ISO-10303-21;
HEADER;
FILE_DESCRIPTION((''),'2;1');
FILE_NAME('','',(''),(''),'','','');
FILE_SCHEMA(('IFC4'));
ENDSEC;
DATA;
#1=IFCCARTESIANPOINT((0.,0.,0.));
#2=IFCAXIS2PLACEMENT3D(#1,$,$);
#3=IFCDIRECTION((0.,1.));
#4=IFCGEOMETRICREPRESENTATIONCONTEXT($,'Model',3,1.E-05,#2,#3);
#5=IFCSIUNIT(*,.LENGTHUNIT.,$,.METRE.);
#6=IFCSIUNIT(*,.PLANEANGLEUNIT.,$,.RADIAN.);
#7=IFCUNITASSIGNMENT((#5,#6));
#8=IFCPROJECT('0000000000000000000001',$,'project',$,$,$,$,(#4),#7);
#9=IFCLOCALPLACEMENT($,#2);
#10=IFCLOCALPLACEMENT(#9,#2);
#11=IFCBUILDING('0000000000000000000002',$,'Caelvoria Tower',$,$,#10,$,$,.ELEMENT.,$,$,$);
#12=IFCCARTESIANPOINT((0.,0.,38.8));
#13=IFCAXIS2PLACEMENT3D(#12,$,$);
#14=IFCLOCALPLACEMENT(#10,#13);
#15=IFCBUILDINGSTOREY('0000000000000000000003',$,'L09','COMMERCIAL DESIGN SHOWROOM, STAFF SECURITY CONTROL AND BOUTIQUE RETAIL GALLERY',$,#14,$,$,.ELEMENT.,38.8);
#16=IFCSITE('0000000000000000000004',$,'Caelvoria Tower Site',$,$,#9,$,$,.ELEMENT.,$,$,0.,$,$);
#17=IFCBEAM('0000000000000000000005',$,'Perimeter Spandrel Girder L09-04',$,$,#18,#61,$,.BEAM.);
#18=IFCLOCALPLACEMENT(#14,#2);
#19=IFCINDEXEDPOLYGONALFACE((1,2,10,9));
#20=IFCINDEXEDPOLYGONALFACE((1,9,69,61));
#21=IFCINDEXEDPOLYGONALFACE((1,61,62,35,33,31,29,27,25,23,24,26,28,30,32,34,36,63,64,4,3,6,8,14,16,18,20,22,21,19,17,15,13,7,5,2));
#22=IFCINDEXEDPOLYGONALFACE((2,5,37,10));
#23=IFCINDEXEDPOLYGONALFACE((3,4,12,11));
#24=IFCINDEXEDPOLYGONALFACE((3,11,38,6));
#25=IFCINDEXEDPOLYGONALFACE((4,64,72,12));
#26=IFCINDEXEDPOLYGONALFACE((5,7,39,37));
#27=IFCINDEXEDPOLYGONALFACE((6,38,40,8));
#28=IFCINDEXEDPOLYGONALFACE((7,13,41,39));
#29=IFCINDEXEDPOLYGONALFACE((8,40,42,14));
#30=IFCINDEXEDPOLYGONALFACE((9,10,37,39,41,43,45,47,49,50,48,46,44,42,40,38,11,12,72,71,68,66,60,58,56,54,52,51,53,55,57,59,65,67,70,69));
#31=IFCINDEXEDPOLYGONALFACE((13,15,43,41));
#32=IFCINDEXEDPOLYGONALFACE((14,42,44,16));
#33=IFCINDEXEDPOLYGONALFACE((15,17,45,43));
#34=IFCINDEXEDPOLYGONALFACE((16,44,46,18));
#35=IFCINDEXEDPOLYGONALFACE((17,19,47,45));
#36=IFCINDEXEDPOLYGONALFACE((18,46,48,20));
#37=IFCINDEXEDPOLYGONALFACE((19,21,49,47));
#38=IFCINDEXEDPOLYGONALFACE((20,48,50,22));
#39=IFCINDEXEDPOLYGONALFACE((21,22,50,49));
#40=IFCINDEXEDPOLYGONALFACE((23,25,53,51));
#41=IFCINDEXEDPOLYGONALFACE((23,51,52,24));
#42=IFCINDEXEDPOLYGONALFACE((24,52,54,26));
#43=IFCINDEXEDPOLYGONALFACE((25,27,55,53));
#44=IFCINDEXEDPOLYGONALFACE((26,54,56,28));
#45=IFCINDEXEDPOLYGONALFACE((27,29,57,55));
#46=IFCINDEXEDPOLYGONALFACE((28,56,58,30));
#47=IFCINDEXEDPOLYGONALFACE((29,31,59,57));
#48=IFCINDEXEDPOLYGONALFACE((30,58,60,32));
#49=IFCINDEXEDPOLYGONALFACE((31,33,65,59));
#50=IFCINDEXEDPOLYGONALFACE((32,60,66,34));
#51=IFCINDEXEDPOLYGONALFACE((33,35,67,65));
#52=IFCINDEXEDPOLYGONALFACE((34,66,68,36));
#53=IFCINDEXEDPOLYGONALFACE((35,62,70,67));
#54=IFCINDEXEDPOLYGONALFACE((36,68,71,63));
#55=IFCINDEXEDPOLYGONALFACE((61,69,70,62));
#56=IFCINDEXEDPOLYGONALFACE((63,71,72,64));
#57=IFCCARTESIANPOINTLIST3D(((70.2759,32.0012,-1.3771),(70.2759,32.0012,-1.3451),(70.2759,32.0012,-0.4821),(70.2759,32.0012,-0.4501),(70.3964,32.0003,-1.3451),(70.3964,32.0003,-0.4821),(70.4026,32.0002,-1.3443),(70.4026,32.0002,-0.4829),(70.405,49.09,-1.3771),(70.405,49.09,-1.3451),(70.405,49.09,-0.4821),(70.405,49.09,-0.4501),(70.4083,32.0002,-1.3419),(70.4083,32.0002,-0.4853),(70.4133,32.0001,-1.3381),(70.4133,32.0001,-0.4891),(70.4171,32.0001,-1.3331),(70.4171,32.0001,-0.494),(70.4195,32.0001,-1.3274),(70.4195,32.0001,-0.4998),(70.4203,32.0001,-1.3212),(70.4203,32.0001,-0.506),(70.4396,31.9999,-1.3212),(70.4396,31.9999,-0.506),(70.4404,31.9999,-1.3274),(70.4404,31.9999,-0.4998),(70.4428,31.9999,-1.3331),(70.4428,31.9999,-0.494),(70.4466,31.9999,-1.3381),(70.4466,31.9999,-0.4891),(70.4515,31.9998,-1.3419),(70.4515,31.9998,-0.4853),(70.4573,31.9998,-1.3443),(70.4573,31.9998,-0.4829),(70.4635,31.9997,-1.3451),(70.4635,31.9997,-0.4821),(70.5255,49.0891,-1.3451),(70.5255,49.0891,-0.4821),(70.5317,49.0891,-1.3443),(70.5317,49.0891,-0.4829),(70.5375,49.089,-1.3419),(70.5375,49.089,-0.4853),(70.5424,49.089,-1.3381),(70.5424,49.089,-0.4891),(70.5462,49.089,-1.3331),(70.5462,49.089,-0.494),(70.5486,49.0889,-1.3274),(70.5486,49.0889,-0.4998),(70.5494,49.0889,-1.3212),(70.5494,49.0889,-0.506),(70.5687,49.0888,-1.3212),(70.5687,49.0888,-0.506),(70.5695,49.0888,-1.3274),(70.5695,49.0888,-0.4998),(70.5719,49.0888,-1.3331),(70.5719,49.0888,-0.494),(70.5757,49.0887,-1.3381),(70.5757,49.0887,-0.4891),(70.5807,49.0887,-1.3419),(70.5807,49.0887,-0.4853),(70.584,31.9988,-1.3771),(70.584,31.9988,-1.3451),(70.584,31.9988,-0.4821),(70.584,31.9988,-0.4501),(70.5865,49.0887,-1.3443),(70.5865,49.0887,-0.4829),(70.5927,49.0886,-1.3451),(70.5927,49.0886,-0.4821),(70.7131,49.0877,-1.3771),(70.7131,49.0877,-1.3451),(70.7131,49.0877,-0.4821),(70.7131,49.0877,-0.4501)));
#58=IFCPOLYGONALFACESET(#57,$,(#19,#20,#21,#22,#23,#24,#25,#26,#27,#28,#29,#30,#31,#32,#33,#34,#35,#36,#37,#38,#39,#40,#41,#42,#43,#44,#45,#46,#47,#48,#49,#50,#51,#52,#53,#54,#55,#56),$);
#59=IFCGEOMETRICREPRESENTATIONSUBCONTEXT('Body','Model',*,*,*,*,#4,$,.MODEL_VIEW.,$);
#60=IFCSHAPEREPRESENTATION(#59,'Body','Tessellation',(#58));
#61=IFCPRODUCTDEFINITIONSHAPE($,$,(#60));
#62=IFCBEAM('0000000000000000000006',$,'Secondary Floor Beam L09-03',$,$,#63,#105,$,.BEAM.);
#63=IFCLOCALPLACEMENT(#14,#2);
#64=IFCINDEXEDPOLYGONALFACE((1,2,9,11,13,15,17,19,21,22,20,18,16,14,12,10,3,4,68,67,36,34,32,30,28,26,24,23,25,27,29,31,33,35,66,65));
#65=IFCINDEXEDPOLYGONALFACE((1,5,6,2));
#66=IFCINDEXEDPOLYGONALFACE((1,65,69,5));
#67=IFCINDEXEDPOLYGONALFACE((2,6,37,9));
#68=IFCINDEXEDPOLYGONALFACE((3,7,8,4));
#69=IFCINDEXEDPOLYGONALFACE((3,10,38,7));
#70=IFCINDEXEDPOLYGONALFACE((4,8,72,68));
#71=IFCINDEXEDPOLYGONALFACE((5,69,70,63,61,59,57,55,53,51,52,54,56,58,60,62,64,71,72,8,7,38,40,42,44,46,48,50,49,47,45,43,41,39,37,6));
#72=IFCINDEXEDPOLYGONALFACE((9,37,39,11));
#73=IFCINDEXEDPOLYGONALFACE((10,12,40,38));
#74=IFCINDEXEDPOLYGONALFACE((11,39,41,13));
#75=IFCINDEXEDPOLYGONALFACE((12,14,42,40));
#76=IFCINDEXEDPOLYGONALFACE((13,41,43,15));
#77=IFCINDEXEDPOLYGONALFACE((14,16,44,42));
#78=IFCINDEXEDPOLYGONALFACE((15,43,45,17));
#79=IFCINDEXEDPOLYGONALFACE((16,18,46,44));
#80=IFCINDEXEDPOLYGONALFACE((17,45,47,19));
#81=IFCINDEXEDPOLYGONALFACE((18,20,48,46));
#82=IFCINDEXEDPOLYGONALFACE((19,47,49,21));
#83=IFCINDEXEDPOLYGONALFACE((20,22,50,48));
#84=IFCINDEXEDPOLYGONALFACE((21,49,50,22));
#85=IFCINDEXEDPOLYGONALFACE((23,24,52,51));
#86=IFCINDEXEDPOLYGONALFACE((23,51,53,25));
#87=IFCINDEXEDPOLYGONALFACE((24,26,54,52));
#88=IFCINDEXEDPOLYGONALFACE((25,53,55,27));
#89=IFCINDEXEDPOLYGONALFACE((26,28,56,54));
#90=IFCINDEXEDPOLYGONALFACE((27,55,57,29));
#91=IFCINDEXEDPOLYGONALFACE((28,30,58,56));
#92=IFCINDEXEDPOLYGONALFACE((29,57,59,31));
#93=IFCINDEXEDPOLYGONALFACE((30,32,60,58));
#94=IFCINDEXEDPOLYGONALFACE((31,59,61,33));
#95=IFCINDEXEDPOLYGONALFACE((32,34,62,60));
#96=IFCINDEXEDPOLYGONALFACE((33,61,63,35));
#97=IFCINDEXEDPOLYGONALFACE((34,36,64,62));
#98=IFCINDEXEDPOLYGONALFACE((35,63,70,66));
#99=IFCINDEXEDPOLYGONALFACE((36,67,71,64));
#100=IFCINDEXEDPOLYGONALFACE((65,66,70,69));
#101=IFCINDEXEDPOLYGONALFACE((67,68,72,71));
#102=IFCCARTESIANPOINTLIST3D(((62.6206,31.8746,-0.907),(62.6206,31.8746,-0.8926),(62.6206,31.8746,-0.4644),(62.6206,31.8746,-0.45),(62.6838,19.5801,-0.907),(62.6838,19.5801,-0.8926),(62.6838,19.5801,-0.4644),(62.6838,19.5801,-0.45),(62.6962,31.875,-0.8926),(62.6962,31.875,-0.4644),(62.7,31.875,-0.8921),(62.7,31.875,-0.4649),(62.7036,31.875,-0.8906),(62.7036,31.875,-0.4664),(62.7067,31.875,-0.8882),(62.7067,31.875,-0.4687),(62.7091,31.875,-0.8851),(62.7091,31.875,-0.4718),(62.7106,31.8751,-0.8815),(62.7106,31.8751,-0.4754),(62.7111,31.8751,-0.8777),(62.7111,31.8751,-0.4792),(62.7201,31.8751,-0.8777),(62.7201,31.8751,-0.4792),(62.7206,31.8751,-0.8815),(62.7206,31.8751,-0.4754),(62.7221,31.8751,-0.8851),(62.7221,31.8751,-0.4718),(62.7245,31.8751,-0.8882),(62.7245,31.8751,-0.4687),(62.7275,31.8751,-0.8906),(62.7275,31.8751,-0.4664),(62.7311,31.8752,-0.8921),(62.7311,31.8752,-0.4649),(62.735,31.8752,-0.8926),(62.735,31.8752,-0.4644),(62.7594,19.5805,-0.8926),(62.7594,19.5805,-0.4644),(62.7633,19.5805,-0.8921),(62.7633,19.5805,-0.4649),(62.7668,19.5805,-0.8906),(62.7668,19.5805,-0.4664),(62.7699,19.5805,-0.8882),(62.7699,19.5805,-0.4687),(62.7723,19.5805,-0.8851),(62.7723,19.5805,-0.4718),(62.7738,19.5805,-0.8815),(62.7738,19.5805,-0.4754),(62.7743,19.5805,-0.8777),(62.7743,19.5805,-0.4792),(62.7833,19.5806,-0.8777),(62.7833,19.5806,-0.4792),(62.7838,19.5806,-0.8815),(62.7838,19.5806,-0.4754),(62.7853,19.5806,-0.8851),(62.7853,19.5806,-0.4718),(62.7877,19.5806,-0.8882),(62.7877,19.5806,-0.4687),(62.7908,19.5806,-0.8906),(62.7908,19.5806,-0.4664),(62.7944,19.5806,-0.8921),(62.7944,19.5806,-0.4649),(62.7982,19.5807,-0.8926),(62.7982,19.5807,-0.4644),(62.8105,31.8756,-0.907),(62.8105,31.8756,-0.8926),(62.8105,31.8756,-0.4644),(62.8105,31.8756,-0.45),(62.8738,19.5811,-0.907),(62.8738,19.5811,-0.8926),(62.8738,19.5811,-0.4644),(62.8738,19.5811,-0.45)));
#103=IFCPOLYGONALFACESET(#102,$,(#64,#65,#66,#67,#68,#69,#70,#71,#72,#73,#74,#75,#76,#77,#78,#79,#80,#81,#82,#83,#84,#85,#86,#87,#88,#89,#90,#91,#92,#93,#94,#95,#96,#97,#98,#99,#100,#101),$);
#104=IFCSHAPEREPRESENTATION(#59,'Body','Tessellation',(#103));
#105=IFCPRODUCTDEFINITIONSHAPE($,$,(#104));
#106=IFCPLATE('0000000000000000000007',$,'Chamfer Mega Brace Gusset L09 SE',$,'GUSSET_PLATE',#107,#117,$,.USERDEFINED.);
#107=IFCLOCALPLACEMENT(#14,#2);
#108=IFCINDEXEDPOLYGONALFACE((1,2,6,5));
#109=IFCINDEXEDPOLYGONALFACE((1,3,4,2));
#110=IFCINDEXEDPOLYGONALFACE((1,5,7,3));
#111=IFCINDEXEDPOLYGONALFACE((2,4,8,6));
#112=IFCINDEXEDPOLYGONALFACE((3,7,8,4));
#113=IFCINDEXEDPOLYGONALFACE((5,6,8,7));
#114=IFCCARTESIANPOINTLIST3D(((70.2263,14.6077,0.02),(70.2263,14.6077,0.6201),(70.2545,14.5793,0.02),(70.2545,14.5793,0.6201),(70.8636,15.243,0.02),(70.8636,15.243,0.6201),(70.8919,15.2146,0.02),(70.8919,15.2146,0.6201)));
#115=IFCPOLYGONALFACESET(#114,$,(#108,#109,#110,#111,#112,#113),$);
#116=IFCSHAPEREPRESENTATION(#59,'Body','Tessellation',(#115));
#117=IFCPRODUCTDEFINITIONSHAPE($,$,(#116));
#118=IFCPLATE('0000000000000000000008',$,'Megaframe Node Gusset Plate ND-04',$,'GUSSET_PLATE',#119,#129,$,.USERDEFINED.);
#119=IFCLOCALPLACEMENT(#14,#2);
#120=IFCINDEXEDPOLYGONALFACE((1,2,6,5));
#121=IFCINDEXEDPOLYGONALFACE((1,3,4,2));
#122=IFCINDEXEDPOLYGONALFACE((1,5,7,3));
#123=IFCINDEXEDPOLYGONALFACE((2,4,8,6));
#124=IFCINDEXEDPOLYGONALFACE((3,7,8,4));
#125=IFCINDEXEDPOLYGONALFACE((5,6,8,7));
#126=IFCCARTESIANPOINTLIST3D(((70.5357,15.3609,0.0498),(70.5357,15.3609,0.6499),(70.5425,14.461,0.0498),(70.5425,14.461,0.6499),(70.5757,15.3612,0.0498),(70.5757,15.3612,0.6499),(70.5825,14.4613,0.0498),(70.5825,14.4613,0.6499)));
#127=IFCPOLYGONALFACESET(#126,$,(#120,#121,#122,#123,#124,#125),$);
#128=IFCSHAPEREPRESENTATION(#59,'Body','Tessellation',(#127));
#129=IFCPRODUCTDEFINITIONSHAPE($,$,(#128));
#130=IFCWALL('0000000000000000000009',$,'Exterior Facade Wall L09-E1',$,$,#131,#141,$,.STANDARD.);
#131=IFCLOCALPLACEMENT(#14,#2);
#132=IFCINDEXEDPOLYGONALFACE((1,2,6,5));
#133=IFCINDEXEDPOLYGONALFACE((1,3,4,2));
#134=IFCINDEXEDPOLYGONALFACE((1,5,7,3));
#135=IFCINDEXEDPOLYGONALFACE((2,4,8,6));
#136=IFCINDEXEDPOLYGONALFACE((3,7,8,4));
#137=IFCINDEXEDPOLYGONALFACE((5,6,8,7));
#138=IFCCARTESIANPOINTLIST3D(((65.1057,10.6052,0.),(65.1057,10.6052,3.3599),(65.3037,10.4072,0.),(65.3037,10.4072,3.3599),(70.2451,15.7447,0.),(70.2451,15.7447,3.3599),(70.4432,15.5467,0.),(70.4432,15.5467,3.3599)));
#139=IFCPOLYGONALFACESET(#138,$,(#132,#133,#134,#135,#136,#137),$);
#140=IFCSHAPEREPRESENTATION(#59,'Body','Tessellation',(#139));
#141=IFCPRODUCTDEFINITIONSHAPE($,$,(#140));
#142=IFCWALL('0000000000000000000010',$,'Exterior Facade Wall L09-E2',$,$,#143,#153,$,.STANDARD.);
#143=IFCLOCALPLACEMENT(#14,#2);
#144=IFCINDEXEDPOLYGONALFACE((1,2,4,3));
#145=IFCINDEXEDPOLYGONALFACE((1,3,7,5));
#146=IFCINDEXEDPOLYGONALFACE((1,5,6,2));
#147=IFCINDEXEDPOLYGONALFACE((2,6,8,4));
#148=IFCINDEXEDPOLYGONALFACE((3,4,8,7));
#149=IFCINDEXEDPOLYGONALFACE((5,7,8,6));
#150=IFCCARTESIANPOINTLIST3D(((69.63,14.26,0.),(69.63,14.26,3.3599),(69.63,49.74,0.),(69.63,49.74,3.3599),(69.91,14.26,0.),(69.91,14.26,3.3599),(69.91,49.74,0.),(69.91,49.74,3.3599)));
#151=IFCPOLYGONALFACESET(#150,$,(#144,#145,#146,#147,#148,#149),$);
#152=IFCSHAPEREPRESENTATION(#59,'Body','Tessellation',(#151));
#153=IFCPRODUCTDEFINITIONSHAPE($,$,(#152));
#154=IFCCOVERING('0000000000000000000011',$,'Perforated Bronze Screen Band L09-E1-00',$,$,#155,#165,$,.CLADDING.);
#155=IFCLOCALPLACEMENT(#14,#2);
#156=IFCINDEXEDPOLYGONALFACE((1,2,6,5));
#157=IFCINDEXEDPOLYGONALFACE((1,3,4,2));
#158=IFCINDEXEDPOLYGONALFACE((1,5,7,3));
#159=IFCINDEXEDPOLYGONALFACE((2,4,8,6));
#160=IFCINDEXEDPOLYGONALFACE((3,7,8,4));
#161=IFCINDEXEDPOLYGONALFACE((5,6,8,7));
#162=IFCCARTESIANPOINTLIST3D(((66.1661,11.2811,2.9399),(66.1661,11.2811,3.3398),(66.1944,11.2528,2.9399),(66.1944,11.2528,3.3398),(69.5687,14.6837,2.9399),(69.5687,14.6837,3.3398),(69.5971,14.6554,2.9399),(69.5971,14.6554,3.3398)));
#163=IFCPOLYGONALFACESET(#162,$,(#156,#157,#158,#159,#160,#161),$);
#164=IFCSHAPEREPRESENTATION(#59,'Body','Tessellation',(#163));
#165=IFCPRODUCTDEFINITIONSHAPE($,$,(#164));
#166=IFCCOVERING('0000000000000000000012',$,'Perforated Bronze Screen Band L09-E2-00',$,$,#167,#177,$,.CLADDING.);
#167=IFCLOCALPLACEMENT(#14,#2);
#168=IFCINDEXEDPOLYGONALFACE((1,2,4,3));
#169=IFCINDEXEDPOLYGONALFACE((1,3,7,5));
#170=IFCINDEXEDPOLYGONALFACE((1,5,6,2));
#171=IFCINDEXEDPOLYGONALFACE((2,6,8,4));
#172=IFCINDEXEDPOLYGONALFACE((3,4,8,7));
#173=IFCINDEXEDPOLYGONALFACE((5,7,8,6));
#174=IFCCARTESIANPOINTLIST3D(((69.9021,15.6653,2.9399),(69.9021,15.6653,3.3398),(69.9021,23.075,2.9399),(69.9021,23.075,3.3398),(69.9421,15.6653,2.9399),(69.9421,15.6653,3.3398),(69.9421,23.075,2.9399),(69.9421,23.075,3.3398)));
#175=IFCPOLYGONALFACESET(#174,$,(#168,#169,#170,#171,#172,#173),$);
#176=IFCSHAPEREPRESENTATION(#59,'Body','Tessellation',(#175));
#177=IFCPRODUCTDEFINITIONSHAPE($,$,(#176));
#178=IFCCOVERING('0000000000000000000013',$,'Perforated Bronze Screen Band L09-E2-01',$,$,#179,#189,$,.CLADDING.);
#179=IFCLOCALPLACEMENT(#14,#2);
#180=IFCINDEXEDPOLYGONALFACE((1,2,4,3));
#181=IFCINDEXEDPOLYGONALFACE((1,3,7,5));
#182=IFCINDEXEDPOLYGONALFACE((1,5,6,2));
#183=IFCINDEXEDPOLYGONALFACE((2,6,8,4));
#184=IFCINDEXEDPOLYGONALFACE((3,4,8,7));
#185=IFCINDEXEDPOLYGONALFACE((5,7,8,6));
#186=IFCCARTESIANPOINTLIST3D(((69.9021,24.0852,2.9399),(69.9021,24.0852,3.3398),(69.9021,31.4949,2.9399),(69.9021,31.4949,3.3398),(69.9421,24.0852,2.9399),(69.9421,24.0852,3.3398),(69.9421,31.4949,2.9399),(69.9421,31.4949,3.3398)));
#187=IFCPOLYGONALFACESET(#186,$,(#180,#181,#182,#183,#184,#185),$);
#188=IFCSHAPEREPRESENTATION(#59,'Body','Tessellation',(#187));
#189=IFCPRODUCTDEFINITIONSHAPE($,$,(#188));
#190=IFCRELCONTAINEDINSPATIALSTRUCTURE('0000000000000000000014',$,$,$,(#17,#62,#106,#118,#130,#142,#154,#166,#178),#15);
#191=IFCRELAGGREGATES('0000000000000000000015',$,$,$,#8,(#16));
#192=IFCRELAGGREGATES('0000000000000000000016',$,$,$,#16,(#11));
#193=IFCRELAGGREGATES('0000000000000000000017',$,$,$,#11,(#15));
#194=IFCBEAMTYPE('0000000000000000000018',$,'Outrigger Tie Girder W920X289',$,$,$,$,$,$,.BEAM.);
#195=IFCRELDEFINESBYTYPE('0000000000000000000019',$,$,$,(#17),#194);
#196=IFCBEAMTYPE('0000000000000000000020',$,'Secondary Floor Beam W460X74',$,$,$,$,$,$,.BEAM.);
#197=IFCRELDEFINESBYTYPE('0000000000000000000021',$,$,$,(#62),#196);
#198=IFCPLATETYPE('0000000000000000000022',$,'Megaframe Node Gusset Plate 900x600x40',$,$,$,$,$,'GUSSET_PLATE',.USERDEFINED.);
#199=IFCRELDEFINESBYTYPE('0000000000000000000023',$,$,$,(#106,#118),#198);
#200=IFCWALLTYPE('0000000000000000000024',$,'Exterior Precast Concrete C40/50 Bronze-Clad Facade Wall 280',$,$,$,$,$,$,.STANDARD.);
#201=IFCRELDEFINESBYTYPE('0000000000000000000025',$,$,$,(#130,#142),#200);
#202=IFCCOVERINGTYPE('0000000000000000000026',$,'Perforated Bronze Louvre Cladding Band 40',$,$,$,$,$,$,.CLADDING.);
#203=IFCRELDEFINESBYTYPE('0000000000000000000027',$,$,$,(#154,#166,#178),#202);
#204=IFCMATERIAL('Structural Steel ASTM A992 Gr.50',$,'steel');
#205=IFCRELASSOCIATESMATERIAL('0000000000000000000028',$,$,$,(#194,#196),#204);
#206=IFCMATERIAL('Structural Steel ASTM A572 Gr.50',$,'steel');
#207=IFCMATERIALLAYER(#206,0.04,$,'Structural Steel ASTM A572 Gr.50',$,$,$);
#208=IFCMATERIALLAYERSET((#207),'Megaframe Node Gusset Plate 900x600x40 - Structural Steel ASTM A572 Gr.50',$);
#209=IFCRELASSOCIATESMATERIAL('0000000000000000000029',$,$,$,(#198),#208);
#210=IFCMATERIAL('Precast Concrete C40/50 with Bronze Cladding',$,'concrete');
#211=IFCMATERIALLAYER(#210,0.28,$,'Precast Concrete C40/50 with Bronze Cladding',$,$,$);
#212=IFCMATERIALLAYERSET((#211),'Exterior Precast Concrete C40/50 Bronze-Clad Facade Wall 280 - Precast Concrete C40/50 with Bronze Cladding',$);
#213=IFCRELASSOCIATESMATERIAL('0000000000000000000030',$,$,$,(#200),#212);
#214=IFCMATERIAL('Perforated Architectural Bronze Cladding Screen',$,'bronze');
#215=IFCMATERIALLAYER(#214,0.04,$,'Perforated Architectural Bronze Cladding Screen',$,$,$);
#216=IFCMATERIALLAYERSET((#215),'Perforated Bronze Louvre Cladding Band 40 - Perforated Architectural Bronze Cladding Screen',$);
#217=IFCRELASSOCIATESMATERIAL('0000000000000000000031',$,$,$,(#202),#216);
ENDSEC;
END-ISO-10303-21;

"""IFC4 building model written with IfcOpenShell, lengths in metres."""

from ifc_helpers import new_model, si_unit, direction, frame, frame_2d, origin, origin_2d, place, context, subcontext, project, spatial, rectangle, i_section, extrude, material, layer, layer_set, material_profile, profile_set, type_object, element, save


model = new_model("IFC4")

# Units and contexts
model_context = context("Model", 3, precision=1e-05, world=origin(), true_north=direction((0.0, 1.0)))
body_context = subcontext(model_context, "Body", "Model", "MODEL_VIEW")
ifc_project = project(units=[si_unit("LENGTHUNIT", "METRE"), si_unit("PLANEANGLEUNIT", "RADIAN")], contexts=[model_context])

# Site, building, storey
site_placement = place(None, origin())
site = spatial("IfcSite", under=ifc_project, at=site_placement, Name="Caelvoria Tower Site", CompositionType="ELEMENT", RefElevation=0.0)
building_placement = place(site_placement, origin())
building = spatial("IfcBuilding", under=site, at=building_placement, Name="Caelvoria Tower", CompositionType="ELEMENT")
storey_placement = place(building_placement, frame((0.0, 0.0, 38.8)))
storey = spatial("IfcBuildingStorey", under=building, at=storey_placement, Name="L09", Description="COMMERCIAL DESIGN SHOWROOM, STAFF SECURITY CONTROL AND BOUTIQUE RETAIL GALLERY", CompositionType="ELEMENT", Elevation=38.8)

# Shared definitions
ifc_material_1 = material(Name="Structural Steel ASTM A572 Gr.50", Category="steel")

# Beams
ifc_material_2 = material(Name="Structural Steel ASTM A992 Gr.50", Category="steel")
ifc_material_profile_1 = material_profile(ifc_material_2, i_section(OverallWidth=0.3081, OverallDepth=0.927, WebThickness=0.0193, FlangeThickness=0.032, FilletRadius=0.0239, at=origin_2d()), Name="Structural Steel ASTM A992 Gr.50")
ifc_profile_set_1 = profile_set([ifc_material_profile_1], Name="W920X289 - Structural Steel ASTM A992 Gr.50")
beam_type_1 = type_object("IfcBeamType", Name="Outrigger Tie Girder W920X289", PredefinedType="BEAM", material=ifc_profile_set_1)
for number, where, z_axis, x_axis, name in (
    (1, (70.4299, 32.0, -0.9136), (0.007557, 0.999971, 0.0), (-0.999971, 0.007557, 0.0), "Perimeter Spandrel Girder L09-04"),
):
    element("IfcBeam", number, at=place(storey_placement, frame(where, z_axis=z_axis, x_axis=x_axis)), inside=storey, type_object=beam_type_1, Name=name, PredefinedType="BEAM", context=body_context, shape_type="SweptSolid", body=[
        extrude(i_section(OverallWidth=0.3081, OverallDepth=0.927, WebThickness=0.0193, FlangeThickness=0.032, FilletRadius=0.0239, at=origin_2d()), origin(), (0.0, 0.0, 1.0), 17.0894),
    ])
ifc_material_profile_2 = material_profile(ifc_material_2, i_section(OverallWidth=0.1899, OverallDepth=0.457, WebThickness=0.009, FlangeThickness=0.0144, FilletRadius=0.0149, at=origin_2d()), Name="Structural Steel ASTM A992 Gr.50")
ifc_profile_set_2 = profile_set([ifc_material_profile_2], Name="W460X74 - Structural Steel ASTM A992 Gr.50")
beam_type_2 = type_object("IfcBeamType", Name="Secondary Floor Beam W460X74", PredefinedType="BEAM", material=ifc_profile_set_2)
beam_1_placement = place(storey_placement, frame((62.7788, 19.5806, -0.6785), z_axis=(-0.005143, 0.999987, 0.0), x_axis=(-0.999987, -0.005143, 0.0)))
element("IfcBeam", 2, at=beam_1_placement, inside=storey, type_object=beam_type_2, Name="Secondary Floor Beam L09-03", PredefinedType="BEAM", context=body_context, shape_type="SweptSolid", body=[
    extrude(i_section(OverallWidth=0.1899, OverallDepth=0.457, WebThickness=0.009, FlangeThickness=0.0144, FilletRadius=0.0149, at=origin_2d()), origin(), (0.0, 0.0, 1.0), 12.2947),
])

# Plates
ifc_layer_1 = layer(ifc_material_1, 0.04, Name="Structural Steel ASTM A572 Gr.50")
ifc_layer_set_1 = layer_set([ifc_layer_1], Name="Megaframe Node Gusset Plate 900x600x40 - Structural Steel ASTM A572 Gr.50")
plate_type = type_object("IfcPlateType", Name="Megaframe Node Gusset Plate 900x600x40", ElementType="GUSSET_PLATE", PredefinedType="USERDEFINED", material=ifc_layer_set_1)
for number, where, z_axis, x_axis, name in (
    (3, (70.5591, 14.9111, 0.02), (0.0, 0.0, 1.0), (-0.70823, -0.705982, 0.0), "Chamfer Mega Brace Gusset L09 SE"),
    (4, (70.5591, 14.9111, 0.0498), (0.0, 0.0, 1.0), (-0.007548, 0.999972, 0.0), "Megaframe Node Gusset Plate ND-04"),
):
    element("IfcPlate", number, at=place(storey_placement, frame(where, z_axis=z_axis, x_axis=x_axis)), inside=storey, type_object=plate_type, Name=name, ObjectType="GUSSET_PLATE", PredefinedType="USERDEFINED", context=body_context, shape_type="SweptSolid", body=[
        extrude(rectangle(XDim=0.8999, YDim=0.04, at=origin_2d()), origin(), (0.0, 0.0, 1.0), 0.6001),
    ])

# Walls
ifc_material_3 = material(Name="Precast Concrete C40/50 with Bronze Cladding", Category="concrete")
ifc_layer_2 = layer(ifc_material_3, 0.28, Name="Precast Concrete C40/50 with Bronze Cladding")
ifc_layer_set_2 = layer_set([ifc_layer_2], Name="Exterior Precast Concrete C40/50 Bronze-Clad Facade Wall 280 - Precast Concrete C40/50 with Bronze Cladding")
wall_type = type_object("IfcWallType", Name="Exterior Precast Concrete C40/50 Bronze-Clad Facade Wall 280", PredefinedType="STANDARD", material=ifc_layer_set_2)
wall_1_placement = place(storey_placement, frame((65.2046, 10.5061, 0.0), z_axis=(0.0, 0.0, 1.0), x_axis=(0.707107, 0.707107, 0.0)))
element("IfcWall", 5, at=wall_1_placement, inside=storey, type_object=wall_type, Name="Exterior Facade Wall L09-E1", PredefinedType="STANDARD", context=body_context, shape_type="SweptSolid", body=[
    extrude(rectangle(XDim=7.2683, YDim=0.28, at=frame_2d((3.6343, 0.0))), origin(), (0.0, 0.0, 1.0), 3.3599),
])
wall_2_placement = place(storey_placement, frame((69.77, 14.26, 0.0), z_axis=(0.0, 0.0, 1.0), x_axis=(0.0, 1.0, 0.0)))
element("IfcWall", 6, at=wall_2_placement, inside=storey, type_object=wall_type, Name="Exterior Facade Wall L09-E2", PredefinedType="STANDARD", context=body_context, shape_type="SweptSolid", body=[
    extrude(rectangle(XDim=35.48, YDim=0.28, at=frame_2d((17.74, 0.0))), origin(), (0.0, 0.0, 1.0), 3.3599),
])

# Coverings
ifc_material_4 = material(Name="Perforated Architectural Bronze Cladding Screen", Category="bronze")
ifc_layer_3 = layer(ifc_material_4, 0.04, Name="Perforated Architectural Bronze Cladding Screen")
ifc_layer_set_3 = layer_set([ifc_layer_3], Name="Perforated Bronze Louvre Cladding Band 40 - Perforated Architectural Bronze Cladding Screen")
covering_type = type_object("IfcCoveringType", Name="Perforated Bronze Louvre Cladding Band 40", PredefinedType="CLADDING", material=ifc_layer_set_3)
covering_placement = place(storey_placement, frame((67.8816, 12.9683, 2.9399), z_axis=(0.0, 0.0, 1.0), x_axis=(0.707107, 0.707107, 0.0)))
element("IfcCovering", 7, at=covering_placement, inside=storey, type_object=covering_type, Name="Perforated Bronze Screen Band L09-E1-00", PredefinedType="CLADDING", context=body_context, shape_type="SweptSolid", body=[
    extrude(rectangle(XDim=4.812, YDim=0.04, at=origin_2d()), origin(), (0.0, 0.0, 1.0), 0.3999),
])
for number, where, z_axis, x_axis, name in (
    (8, (69.9221, 19.3701, 2.9399), (0.0, 0.0, 1.0), (0.0, 1.0, 0.0), "Perforated Bronze Screen Band L09-E2-00"),
    (9, (69.9221, 27.79, 2.9399), (0.0, 0.0, 1.0), (0.0, 1.0, 0.0), "Perforated Bronze Screen Band L09-E2-01"),
):
    element("IfcCovering", number, at=place(storey_placement, frame(where, z_axis=z_axis, x_axis=x_axis)), inside=storey, type_object=covering_type, Name=name, PredefinedType="CLADDING", context=body_context, shape_type="SweptSolid", body=[
        extrude(rectangle(XDim=7.4097, YDim=0.04, at=origin_2d()), origin(), (0.0, 0.0, 1.0), 0.3999),
    ])

save(model, "model.ifc")
